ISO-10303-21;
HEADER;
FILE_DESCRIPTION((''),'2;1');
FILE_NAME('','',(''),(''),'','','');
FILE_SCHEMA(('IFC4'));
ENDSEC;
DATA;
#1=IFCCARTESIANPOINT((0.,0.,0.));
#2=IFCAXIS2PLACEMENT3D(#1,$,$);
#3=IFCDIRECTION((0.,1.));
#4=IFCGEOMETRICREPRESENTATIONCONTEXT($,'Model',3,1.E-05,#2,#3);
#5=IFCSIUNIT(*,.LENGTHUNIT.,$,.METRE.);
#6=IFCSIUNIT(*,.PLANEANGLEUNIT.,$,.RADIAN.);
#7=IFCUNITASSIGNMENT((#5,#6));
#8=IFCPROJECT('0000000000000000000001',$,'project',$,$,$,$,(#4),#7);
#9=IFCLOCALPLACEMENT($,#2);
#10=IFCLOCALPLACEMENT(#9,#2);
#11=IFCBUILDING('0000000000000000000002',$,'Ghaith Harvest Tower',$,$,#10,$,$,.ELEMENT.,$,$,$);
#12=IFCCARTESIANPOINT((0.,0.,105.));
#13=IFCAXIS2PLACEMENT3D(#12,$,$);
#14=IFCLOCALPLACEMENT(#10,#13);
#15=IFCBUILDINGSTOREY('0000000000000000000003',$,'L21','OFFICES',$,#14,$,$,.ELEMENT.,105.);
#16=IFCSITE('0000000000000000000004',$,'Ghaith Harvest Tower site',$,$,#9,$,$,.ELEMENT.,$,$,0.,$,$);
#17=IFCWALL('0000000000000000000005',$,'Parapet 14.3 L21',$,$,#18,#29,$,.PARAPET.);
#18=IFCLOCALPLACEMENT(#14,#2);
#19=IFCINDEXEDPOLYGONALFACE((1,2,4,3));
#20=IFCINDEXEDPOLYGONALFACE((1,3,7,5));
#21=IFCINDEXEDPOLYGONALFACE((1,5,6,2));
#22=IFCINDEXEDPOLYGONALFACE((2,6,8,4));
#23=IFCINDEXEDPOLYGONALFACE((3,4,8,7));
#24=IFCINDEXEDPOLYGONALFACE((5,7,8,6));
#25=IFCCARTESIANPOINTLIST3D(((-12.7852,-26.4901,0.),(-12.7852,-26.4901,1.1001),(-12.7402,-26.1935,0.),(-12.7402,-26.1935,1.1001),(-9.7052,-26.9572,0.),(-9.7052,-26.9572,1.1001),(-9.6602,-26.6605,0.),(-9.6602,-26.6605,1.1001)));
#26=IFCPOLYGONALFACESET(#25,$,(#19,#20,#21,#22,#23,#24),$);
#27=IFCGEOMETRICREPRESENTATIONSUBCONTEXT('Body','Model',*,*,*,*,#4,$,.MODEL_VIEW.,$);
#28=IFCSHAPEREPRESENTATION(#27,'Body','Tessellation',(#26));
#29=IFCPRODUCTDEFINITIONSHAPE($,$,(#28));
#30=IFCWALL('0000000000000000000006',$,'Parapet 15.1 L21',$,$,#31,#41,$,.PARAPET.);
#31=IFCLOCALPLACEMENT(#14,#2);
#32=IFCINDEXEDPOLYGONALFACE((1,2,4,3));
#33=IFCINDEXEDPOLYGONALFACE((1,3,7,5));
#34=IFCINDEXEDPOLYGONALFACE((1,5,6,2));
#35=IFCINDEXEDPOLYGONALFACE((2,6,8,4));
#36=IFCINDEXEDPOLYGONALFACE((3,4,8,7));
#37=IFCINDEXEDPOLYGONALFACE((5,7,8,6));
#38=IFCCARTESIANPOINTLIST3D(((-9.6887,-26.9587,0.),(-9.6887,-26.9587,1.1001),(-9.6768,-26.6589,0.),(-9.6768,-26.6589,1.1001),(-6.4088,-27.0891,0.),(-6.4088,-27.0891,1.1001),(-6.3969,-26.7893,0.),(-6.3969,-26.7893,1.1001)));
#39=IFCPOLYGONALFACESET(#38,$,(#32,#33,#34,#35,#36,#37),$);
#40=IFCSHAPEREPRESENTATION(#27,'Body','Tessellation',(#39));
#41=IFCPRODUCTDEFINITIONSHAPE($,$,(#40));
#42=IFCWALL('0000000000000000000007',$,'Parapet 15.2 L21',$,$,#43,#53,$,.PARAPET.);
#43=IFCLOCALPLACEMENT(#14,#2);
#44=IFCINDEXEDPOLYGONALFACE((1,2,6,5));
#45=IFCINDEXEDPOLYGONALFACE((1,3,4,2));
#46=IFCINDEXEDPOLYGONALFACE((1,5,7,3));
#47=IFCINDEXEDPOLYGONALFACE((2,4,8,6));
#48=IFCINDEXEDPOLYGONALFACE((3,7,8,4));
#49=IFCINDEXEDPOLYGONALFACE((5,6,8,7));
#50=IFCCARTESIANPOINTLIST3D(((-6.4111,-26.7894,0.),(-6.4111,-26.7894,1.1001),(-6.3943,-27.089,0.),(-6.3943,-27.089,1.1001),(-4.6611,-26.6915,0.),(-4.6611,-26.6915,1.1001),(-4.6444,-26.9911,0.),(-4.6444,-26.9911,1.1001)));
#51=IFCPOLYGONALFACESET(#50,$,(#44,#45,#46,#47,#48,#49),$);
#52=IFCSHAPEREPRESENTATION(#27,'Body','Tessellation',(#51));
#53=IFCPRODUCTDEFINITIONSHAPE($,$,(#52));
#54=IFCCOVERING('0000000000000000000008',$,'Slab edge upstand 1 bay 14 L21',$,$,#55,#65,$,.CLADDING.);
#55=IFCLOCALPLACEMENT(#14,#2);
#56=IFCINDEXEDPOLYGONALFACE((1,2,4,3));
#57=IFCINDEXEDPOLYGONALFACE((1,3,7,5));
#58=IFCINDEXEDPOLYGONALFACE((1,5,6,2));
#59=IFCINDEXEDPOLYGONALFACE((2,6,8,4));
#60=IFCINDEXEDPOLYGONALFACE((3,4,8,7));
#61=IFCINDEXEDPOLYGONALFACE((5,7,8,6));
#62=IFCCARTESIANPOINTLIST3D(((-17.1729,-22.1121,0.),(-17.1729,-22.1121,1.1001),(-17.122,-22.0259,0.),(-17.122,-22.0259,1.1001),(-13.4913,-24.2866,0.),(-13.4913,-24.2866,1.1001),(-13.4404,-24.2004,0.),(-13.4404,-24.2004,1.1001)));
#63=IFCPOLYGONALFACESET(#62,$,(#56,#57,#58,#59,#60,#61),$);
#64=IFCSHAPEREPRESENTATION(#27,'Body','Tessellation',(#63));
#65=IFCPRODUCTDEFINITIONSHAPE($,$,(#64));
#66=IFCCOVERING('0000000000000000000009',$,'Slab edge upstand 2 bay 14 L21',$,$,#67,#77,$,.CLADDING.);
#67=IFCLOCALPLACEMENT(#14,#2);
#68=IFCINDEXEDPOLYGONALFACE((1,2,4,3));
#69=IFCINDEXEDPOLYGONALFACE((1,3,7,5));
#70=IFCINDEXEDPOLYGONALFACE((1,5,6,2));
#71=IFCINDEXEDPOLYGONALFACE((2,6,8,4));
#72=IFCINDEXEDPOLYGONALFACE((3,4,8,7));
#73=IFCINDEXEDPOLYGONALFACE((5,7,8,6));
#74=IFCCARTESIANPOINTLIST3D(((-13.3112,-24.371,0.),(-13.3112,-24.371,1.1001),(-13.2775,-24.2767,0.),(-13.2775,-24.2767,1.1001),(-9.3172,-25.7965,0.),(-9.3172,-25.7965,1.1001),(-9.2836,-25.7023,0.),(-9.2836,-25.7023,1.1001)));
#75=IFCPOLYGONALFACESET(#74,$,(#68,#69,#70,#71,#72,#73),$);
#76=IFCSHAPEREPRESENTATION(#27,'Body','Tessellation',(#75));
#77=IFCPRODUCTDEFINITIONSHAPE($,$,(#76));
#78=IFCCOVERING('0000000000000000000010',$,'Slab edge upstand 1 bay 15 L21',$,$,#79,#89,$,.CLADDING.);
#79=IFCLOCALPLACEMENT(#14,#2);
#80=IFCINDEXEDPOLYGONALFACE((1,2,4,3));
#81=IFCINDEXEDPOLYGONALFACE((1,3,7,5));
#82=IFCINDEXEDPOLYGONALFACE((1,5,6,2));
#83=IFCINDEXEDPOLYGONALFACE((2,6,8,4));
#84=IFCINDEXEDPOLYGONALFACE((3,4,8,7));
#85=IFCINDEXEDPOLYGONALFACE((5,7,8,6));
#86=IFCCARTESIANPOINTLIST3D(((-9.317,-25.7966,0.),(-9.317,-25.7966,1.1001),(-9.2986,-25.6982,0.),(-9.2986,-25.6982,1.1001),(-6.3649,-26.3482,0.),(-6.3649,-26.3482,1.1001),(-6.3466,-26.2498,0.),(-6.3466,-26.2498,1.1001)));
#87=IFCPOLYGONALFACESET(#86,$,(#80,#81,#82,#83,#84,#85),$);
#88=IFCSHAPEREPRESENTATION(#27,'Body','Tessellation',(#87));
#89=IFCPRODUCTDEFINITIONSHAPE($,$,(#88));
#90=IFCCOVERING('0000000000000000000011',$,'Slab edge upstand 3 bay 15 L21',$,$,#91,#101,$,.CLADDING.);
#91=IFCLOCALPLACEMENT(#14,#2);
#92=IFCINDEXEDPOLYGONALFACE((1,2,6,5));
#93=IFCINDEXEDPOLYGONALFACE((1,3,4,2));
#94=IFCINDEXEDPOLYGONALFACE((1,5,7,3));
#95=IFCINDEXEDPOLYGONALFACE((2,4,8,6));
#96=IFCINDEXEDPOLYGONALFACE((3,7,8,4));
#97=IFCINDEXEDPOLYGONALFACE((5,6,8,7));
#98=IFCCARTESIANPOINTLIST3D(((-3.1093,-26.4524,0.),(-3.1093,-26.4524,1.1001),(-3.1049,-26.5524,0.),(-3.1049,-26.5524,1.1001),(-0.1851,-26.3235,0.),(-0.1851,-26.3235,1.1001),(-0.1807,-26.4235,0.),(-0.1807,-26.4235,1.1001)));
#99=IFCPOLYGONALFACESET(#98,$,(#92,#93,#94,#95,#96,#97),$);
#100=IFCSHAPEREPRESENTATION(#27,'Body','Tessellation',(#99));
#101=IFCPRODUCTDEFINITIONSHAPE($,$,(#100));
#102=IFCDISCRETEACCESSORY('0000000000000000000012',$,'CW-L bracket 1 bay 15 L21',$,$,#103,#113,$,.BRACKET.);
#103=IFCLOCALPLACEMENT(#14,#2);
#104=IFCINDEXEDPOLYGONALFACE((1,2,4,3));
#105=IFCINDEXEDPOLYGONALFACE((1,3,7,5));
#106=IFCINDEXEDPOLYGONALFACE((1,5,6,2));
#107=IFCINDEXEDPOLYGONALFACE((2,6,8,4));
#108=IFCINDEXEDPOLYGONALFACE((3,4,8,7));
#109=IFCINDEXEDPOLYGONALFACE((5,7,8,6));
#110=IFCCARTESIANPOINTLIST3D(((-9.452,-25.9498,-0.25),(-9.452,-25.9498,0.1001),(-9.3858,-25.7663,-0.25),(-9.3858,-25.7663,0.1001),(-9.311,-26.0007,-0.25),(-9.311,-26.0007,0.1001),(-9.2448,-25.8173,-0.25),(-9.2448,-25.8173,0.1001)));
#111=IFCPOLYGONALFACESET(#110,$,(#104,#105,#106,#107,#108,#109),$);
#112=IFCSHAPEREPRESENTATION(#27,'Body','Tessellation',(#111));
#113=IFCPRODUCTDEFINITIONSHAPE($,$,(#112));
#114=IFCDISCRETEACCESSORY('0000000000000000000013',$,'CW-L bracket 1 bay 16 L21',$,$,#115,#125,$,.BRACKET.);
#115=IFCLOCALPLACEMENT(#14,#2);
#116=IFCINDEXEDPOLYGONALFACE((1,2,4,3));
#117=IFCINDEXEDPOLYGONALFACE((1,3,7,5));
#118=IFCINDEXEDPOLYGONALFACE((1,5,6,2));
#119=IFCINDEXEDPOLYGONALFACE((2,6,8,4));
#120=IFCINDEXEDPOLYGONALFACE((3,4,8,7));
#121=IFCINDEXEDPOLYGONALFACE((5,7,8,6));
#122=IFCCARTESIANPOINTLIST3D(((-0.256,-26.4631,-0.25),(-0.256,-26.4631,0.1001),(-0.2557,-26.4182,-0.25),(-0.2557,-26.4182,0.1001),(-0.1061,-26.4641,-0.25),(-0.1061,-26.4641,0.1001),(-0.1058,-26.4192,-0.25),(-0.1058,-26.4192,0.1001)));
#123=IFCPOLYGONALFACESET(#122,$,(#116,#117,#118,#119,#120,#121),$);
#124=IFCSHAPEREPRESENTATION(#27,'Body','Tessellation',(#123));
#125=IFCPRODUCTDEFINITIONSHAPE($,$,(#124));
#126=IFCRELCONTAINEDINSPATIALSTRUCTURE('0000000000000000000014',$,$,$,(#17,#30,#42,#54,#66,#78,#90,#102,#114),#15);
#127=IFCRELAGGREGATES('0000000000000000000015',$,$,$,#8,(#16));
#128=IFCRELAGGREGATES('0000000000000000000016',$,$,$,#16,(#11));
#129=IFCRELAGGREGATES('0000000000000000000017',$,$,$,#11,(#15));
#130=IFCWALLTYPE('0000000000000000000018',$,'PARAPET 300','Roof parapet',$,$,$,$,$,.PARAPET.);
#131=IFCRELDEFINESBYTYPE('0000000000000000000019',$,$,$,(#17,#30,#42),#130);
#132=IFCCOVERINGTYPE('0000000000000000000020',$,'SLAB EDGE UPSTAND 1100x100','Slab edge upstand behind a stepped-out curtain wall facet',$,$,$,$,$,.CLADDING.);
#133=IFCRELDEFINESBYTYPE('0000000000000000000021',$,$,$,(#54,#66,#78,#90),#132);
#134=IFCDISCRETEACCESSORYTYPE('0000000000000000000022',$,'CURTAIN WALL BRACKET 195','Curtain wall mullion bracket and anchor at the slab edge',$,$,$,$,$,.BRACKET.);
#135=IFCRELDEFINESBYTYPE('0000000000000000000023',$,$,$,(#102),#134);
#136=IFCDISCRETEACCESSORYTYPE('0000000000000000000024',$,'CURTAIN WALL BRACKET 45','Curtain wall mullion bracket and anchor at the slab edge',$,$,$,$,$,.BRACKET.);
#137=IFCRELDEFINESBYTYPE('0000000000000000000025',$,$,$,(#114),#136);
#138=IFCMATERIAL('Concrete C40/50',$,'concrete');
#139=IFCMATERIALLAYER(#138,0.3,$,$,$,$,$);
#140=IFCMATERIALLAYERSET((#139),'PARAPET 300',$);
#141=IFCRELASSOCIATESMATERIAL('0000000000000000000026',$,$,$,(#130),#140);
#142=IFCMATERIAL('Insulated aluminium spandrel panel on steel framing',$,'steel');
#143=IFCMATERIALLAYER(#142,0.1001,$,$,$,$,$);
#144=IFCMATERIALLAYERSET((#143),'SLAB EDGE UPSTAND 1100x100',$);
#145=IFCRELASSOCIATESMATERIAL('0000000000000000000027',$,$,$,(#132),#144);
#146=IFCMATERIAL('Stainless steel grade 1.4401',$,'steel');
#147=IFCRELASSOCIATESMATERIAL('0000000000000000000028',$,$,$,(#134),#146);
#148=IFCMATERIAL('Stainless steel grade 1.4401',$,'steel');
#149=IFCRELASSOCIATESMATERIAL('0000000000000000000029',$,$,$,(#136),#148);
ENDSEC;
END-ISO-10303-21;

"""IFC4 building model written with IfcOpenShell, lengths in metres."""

from ifc_helpers import new_model, si_unit, direction, frame, frame_2d, origin, origin_2d, place, context, subcontext, project, spatial, rectangle, extrude, material, layer, layer_set, type_object, element, save


model = new_model("IFC4")

# Units and contexts
model_context = context("Model", 3, precision=1e-05, world=origin(), true_north=direction((0.0, 1.0)))
body_context = subcontext(model_context, "Body", "Model", "MODEL_VIEW")
ifc_project = project(units=[si_unit("LENGTHUNIT", "METRE"), si_unit("PLANEANGLEUNIT", "RADIAN")], contexts=[model_context])

# Site, building, storey
site_placement = place(None, origin())
site = spatial("IfcSite", under=ifc_project, at=site_placement, Name="Ghaith Harvest Tower site", CompositionType="ELEMENT", RefElevation=0.0)
building_placement = place(site_placement, origin())
building = spatial("IfcBuilding", under=site, at=building_placement, Name="Ghaith Harvest Tower", CompositionType="ELEMENT")
storey_placement = place(building_placement, frame((0.0, 0.0, 105.0)))
storey = spatial("IfcBuildingStorey", under=building, at=storey_placement, Name="L21", Description="OFFICES", CompositionType="ELEMENT", Elevation=105.0)

# Walls
ifc_material_1 = material(Name="Concrete C40/50", Category="concrete")
ifc_layer_1 = layer(ifc_material_1, 0.3)
ifc_layer_set_1 = layer_set([ifc_layer_1], Name="PARAPET 300")
wall_type_1 = type_object("IfcWallType", Name="PARAPET 300", Description="Roof parapet", PredefinedType="PARAPET", material=ifc_layer_set_1)
wall_1_placement = place(storey_placement, frame((-12.7627, -26.3418, 0.0), z_axis=(0.0, 0.0, 1.0), x_axis=(0.988698, -0.149919, 0.0)))
element("IfcWall", 1, at=wall_1_placement, inside=storey, type_object=wall_type_1, Name="Parapet 14.3 L21", PredefinedType="PARAPET", context=body_context, shape_type="SweptSolid", body=[
    extrude(rectangle(XDim=3.1152, YDim=0.3, at=frame_2d((1.5576, 0.0))), origin(), (0.0, 0.0, 1.0), 1.1001),
])
wall_2_placement = place(storey_placement, frame((-9.6826, -26.8088, 0.0), z_axis=(0.0, 0.0, 1.0), x_axis=(0.999211, -0.039719, 0.0)))
element("IfcWall", 2, at=wall_2_placement, inside=storey, type_object=wall_type_1, Name="Parapet 15.1 L21", PredefinedType="PARAPET", context=body_context, shape_type="SweptSolid", body=[
    extrude(rectangle(XDim=3.2825, YDim=0.3, at=frame_2d((1.6411, 0.0))), origin(), (0.0, 0.0, 1.0), 1.1001),
])
wall_3_placement = place(storey_placement, frame((-6.4028, -26.9392, 0.0), z_axis=(0.0, 0.0, 1.0), x_axis=(0.998439, 0.055856, 0.0)))
element("IfcWall", 3, at=wall_3_placement, inside=storey, type_object=wall_type_1, Name="Parapet 15.2 L21", PredefinedType="PARAPET", context=body_context, shape_type="SweptSolid", body=[
    extrude(rectangle(XDim=1.7527, YDim=0.3, at=frame_2d((0.8765, 0.0))), origin(), (0.0, 0.0, 1.0), 1.1001),
])

# Coverings
ifc_material_2 = material(Name="Insulated aluminium spandrel panel on steel framing", Category="steel")
ifc_layer_2 = layer(ifc_material_2, 0.1001)
ifc_layer_set_2 = layer_set([ifc_layer_2], Name="SLAB EDGE UPSTAND 1100x100")
covering_type = type_object("IfcCoveringType", Name="SLAB EDGE UPSTAND 1100x100", Description="Slab edge upstand behind a stepped-out curtain wall facet", PredefinedType="CLADDING", material=ifc_layer_set_2)
covering_1_placement = place(storey_placement, frame((-15.3066, -23.1562, 0.0), z_axis=(0.0, 0.0, 1.0), x_axis=(0.861021, -0.50857, 0.0)))
element("IfcCovering", 4, at=covering_1_placement, inside=storey, type_object=covering_type, Name="Slab edge upstand 1 bay 14 L21", PredefinedType="CLADDING", context=body_context, shape_type="SweptSolid", body=[
    extrude(rectangle(XDim=4.2759, YDim=0.1001, at=origin_2d()), origin(), (0.0, 0.0, 1.0), 1.1001),
])
covering_2_placement = place(storey_placement, frame((-11.2974, -25.0366, 0.0), z_axis=(0.0, 0.0, 1.0), x_axis=(0.941807, -0.336154, 0.0)))
element("IfcCovering", 5, at=covering_2_placement, inside=storey, type_object=covering_type, Name="Slab edge upstand 2 bay 14 L21", PredefinedType="CLADDING", context=body_context, shape_type="SweptSolid", body=[
    extrude(rectangle(XDim=4.2407, YDim=0.1001, at=origin_2d()), origin(), (0.0, 0.0, 1.0), 1.1001),
])
covering_3_placement = place(storey_placement, frame((-7.8318, -26.0232, 0.0), z_axis=(0.0, 0.0, 1.0), x_axis=(0.98299, -0.183659, 0.0)))
element("IfcCovering", 6, at=covering_3_placement, inside=storey, type_object=covering_type, Name="Slab edge upstand 1 bay 15 L21", PredefinedType="CLADDING", context=body_context, shape_type="SweptSolid", body=[
    extrude(rectangle(XDim=3.0032, YDim=0.1001, at=origin_2d()), origin(), (0.0, 0.0, 1.0), 1.1001),
])
covering_4_placement = place(storey_placement, frame((-1.645, -26.438, 0.0), z_axis=(0.0, 0.0, 1.0), x_axis=(0.99903, 0.044045, 0.0)))
element("IfcCovering", 7, at=covering_4_placement, inside=storey, type_object=covering_type, Name="Slab edge upstand 3 bay 15 L21", PredefinedType="CLADDING", context=body_context, shape_type="SweptSolid", body=[
    extrude(rectangle(XDim=2.927, YDim=0.1001, at=origin_2d()), origin(), (0.0, 0.0, 1.0), 1.1001),
])

# Discrete accessories
ifc_material_3 = material(Name="Stainless steel grade 1.4401", Category="steel")
discrete_accessory_type_1 = type_object("IfcDiscreteAccessoryType", Name="CURTAIN WALL BRACKET 195", Description="Curtain wall mullion bracket and anchor at the slab edge", PredefinedType="BRACKET", material=ifc_material_3)
discrete_accessory_1_placement = place(storey_placement, frame((-9.3484, -25.8835, -0.25), z_axis=(0.0, 0.0, 1.0), x_axis=(-0.339699, -0.940534, 0.0)))
element("IfcDiscreteAccessory", 8, at=discrete_accessory_1_placement, inside=storey, type_object=discrete_accessory_type_1, Name="CW-L bracket 1 bay 15 L21", PredefinedType="BRACKET", context=body_context, shape_type="SweptSolid", body=[
    extrude(rectangle(XDim=0.1951, YDim=0.1499, at=origin_2d()), origin(), (0.0, 0.0, 1.0), 0.3501),
])
ifc_material_4 = material(Name="Stainless steel grade 1.4401", Category="steel")
discrete_accessory_type_2 = type_object("IfcDiscreteAccessoryType", Name="CURTAIN WALL BRACKET 45", Description="Curtain wall mullion bracket and anchor at the slab edge", PredefinedType="BRACKET", material=ifc_material_4)
discrete_accessory_2_placement = place(storey_placement, frame((-0.1809, -26.4412, -0.25), z_axis=(0.0, 0.0, 1.0), x_axis=(-0.006844, -0.999977, 0.0)))
element("IfcDiscreteAccessory", 9, at=discrete_accessory_2_placement, inside=storey, type_object=discrete_accessory_type_2, Name="CW-L bracket 1 bay 16 L21", PredefinedType="BRACKET", context=body_context, shape_type="SweptSolid", body=[
    extrude(rectangle(XDim=0.0449, YDim=0.1499, at=origin_2d()), origin(), (0.0, 0.0, 1.0), 0.3501),
])

save(model, "model.ifc")
